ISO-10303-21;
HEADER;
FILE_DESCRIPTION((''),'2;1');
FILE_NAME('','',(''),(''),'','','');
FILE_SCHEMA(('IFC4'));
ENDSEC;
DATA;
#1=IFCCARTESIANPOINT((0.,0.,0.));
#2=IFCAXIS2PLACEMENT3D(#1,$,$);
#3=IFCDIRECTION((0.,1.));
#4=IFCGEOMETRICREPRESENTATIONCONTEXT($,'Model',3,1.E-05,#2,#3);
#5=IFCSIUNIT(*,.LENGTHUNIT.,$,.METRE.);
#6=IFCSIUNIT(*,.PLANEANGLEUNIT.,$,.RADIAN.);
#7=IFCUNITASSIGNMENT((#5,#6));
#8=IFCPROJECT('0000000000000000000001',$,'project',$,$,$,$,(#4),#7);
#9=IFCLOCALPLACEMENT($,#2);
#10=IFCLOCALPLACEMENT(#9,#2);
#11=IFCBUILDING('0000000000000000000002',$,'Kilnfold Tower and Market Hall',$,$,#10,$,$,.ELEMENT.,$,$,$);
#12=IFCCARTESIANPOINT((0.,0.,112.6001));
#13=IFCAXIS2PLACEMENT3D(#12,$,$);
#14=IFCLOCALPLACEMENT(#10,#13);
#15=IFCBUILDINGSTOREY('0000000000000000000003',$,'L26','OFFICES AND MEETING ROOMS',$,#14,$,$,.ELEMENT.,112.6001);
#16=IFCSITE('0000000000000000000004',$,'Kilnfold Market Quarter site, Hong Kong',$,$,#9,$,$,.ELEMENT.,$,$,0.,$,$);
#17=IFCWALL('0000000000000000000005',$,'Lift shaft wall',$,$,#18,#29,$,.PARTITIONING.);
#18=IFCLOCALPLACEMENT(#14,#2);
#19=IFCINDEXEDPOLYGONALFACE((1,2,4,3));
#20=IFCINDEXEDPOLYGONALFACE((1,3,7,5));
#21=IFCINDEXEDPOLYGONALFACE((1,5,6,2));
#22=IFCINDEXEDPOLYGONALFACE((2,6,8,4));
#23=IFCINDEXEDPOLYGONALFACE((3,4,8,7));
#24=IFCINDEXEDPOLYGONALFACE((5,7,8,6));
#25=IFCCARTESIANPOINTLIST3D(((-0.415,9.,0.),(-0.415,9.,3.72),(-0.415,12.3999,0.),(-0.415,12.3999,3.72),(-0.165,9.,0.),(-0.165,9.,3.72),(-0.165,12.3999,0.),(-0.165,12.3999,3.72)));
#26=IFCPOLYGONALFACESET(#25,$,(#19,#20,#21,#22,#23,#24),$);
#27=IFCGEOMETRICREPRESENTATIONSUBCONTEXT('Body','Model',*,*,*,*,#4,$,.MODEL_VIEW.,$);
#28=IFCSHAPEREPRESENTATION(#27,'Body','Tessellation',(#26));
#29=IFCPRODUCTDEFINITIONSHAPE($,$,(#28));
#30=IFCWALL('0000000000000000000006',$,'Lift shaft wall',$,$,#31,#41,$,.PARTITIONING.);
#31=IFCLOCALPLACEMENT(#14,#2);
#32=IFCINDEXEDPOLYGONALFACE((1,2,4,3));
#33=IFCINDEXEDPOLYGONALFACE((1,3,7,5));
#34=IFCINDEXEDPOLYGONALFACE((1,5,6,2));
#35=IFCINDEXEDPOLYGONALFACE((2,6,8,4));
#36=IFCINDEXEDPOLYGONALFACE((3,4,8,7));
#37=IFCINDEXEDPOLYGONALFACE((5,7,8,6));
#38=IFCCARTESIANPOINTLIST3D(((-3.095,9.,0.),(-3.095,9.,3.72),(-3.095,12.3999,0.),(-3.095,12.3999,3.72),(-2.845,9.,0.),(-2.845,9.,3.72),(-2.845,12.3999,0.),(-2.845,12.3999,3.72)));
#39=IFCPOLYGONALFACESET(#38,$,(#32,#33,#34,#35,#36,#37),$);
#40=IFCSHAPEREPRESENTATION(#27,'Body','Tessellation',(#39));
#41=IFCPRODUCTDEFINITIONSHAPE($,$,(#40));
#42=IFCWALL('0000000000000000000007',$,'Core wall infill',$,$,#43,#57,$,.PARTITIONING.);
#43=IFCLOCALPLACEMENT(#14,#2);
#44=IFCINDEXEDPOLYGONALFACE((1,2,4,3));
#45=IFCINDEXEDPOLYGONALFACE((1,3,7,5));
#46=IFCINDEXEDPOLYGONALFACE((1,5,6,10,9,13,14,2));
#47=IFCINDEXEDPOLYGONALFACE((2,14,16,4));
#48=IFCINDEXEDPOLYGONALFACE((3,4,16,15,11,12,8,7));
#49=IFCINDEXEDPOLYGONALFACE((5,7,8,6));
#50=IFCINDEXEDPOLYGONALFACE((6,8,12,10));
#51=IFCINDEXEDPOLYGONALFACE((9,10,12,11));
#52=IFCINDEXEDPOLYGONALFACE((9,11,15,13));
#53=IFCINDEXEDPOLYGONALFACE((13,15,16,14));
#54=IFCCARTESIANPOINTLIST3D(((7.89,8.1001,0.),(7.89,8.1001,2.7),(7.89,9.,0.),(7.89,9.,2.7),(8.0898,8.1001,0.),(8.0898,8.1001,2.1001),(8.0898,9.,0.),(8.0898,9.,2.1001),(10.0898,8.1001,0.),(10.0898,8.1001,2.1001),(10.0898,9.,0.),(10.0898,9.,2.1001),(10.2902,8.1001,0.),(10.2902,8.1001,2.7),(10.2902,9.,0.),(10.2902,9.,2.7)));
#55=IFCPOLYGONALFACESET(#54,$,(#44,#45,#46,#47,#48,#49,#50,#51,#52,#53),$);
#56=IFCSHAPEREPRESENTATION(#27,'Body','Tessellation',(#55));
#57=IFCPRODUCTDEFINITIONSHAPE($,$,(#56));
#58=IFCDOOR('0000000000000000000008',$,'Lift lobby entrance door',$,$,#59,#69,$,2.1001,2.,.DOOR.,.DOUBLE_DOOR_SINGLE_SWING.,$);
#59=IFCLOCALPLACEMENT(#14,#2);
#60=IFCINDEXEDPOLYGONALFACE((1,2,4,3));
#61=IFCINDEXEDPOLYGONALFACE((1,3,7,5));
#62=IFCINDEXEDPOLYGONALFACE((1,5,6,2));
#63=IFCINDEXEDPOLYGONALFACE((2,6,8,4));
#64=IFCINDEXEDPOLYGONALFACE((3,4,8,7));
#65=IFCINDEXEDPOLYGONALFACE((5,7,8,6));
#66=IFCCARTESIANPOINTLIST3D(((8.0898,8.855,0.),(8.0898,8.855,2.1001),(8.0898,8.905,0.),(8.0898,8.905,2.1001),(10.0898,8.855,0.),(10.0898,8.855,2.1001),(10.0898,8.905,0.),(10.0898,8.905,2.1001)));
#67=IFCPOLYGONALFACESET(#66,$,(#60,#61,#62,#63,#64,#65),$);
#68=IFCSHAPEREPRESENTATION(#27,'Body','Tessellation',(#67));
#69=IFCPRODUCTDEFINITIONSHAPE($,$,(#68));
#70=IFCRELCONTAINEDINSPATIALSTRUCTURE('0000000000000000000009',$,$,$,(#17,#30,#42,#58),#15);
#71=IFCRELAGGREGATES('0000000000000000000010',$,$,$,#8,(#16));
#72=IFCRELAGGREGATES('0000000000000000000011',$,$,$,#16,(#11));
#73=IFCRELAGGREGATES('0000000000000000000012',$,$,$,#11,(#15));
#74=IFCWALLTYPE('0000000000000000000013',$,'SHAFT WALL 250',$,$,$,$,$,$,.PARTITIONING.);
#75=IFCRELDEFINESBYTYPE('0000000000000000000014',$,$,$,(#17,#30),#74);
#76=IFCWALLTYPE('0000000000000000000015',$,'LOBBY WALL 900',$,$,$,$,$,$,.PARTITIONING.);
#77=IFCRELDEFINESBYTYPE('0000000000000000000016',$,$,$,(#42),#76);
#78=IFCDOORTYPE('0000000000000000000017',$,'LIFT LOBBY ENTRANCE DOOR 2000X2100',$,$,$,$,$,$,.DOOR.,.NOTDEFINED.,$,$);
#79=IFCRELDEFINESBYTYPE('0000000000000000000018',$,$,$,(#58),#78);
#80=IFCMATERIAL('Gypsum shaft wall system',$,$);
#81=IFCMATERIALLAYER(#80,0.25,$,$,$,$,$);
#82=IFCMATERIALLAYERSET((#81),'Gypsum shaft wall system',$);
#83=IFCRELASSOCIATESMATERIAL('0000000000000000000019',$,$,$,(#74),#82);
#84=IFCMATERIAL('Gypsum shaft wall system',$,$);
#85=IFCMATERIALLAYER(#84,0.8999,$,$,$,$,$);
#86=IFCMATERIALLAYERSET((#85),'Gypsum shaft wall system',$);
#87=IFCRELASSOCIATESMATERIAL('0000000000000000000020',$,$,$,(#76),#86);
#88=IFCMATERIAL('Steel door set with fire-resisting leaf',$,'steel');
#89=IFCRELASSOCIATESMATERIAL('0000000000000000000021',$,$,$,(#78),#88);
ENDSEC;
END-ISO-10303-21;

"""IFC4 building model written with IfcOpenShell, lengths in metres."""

from ifc_helpers import new_model, si_unit, direction, frame, frame_2d, origin, place, context, subcontext, project, spatial, rectangle, extrude, source, transform, mapped, material, layer, layer_set, type_object, element, fill, save


model = new_model("IFC4")

# Units and contexts
model_context = context("Model", 3, precision=1e-05, world=origin(), true_north=direction((0.0, 1.0)))
body_context = subcontext(model_context, "Body", "Model", "MODEL_VIEW")
ifc_project = project(units=[si_unit("LENGTHUNIT", "METRE"), si_unit("PLANEANGLEUNIT", "RADIAN")], contexts=[model_context])

# Site, building, storey
site_placement = place(None, origin())
site = spatial("IfcSite", under=ifc_project, at=site_placement, Name="Kilnfold Market Quarter site, Hong Kong", CompositionType="ELEMENT", RefElevation=0.0)
building_placement = place(site_placement, origin())
building = spatial("IfcBuilding", under=site, at=building_placement, Name="Kilnfold Tower and Market Hall", CompositionType="ELEMENT")
storey_placement = place(building_placement, frame((0.0, 0.0, 112.6001)))
storey = spatial("IfcBuildingStorey", under=building, at=storey_placement, Name="L26", Description="OFFICES AND MEETING ROOMS", CompositionType="ELEMENT", Elevation=112.6001)

# Walls
ifc_material_1 = material(Name="Gypsum shaft wall system")
ifc_layer_1 = layer(ifc_material_1, 0.25)
ifc_layer_set_1 = layer_set([ifc_layer_1], Name="Gypsum shaft wall system")
wall_type_1 = type_object("IfcWallType", Name="SHAFT WALL 250", PredefinedType="PARTITIONING", material=ifc_layer_set_1)
shared_shape_1 = source(origin(), body_context, "Body", "SweptSolid", [
    extrude(rectangle(XDim=3.3999, YDim=0.25, at=frame_2d((1.7, 0.0))), origin(), (0.0, 0.0, 1.0), 3.72),
])
for number, where, z_axis, x_axis, name in (
    (1, (-0.29, 9.0, 0.0), (0.0, 0.0, 1.0), (0.0, 1.0, 0.0), "Lift shaft wall"),
    (2, (-2.97, 9.0, 0.0), (0.0, 0.0, 1.0), (0.0, 1.0, 0.0), "Lift shaft wall"),
):
    element("IfcWall", number, at=place(storey_placement, frame(where, z_axis=z_axis, x_axis=x_axis)), inside=storey, type_object=wall_type_1, Name=name, PredefinedType="PARTITIONING", context=body_context, shape_type="MappedRepresentation", body=[
        mapped(shared_shape_1, transform((0.0, 0.0, 0.0))),
    ])

# Wall, opening, door
ifc_material_2 = material(Name="Gypsum shaft wall system")
ifc_layer_2 = layer(ifc_material_2, 0.8999)
ifc_layer_set_2 = layer_set([ifc_layer_2], Name="Gypsum shaft wall system")
wall_type_2 = type_object("IfcWallType", Name="LOBBY WALL 900", PredefinedType="PARTITIONING", material=ifc_layer_set_2)
shared_shape_2 = source(origin(), body_context, "Body", "SweptSolid", [
    extrude(rectangle(XDim=2.4001, YDim=0.8999, at=frame_2d((1.2002, 0.0))), origin(), (0.0, 0.0, 1.0), 2.7),
])
wall_1_placement = place(storey_placement, frame((7.8899, 8.55, 0.0), z_axis=(0.0, 0.0, 1.0), x_axis=(1.0, 0.0, 0.0)))
wall_1 = element("IfcWall", 3, at=wall_1_placement, inside=storey, type_object=wall_type_2, Name="Core wall infill", PredefinedType="PARTITIONING", context=body_context, shape_type="MappedRepresentation", body=[
    mapped(shared_shape_2, transform((0.0, 0.0, 0.0))),
])
opening_1_placement = place(wall_1_placement, frame((0.2, 0.0, 0.0)))
opening_1 = element("IfcOpeningElement", 4, at=opening_1_placement, cuts=wall_1, PredefinedType="OPENING", context=body_context, shape_type="SweptSolid", body=[
    extrude(rectangle(XDim=2.0, YDim=2.1001, at=frame_2d((1.0, 1.05))), frame((0.0, 0.46, 0.0), z_axis=(0.0, -1.0, 0.0), x_axis=(1.0, 0.0, 0.0)), (0.0, 0.0, 1.0), 0.9199),
])
ifc_material_3 = material(Name="Steel door set with fire-resisting leaf", Category="steel")
door_type_1 = type_object("IfcDoorType", Name="LIFT LOBBY ENTRANCE DOOR 2000X2100", OperationType="NOTDEFINED", PredefinedType="DOOR", material=ifc_material_3)
door_1_placement = place(opening_1_placement, origin())
door_1 = element("IfcDoor", 5, at=door_1_placement, inside=storey, type_object=door_type_1, Name="Lift lobby entrance door", OperationType="DOUBLE_DOOR_SINGLE_SWING", OverallHeight=2.1001, OverallWidth=2.0, PredefinedType="DOOR", context=body_context, shape_type="SweptSolid", body=[
    extrude(rectangle(XDim=2.0, YDim=2.1001, at=frame_2d((1.0, 1.05))), frame((0.0, 0.355, 0.0), z_axis=(0.0, -1.0, 0.0), x_axis=(1.0, 0.0, 0.0)), (0.0, 0.0, 1.0), 0.05),
])
fill(opening_1, door_1)

save(model, "model.ifc")
